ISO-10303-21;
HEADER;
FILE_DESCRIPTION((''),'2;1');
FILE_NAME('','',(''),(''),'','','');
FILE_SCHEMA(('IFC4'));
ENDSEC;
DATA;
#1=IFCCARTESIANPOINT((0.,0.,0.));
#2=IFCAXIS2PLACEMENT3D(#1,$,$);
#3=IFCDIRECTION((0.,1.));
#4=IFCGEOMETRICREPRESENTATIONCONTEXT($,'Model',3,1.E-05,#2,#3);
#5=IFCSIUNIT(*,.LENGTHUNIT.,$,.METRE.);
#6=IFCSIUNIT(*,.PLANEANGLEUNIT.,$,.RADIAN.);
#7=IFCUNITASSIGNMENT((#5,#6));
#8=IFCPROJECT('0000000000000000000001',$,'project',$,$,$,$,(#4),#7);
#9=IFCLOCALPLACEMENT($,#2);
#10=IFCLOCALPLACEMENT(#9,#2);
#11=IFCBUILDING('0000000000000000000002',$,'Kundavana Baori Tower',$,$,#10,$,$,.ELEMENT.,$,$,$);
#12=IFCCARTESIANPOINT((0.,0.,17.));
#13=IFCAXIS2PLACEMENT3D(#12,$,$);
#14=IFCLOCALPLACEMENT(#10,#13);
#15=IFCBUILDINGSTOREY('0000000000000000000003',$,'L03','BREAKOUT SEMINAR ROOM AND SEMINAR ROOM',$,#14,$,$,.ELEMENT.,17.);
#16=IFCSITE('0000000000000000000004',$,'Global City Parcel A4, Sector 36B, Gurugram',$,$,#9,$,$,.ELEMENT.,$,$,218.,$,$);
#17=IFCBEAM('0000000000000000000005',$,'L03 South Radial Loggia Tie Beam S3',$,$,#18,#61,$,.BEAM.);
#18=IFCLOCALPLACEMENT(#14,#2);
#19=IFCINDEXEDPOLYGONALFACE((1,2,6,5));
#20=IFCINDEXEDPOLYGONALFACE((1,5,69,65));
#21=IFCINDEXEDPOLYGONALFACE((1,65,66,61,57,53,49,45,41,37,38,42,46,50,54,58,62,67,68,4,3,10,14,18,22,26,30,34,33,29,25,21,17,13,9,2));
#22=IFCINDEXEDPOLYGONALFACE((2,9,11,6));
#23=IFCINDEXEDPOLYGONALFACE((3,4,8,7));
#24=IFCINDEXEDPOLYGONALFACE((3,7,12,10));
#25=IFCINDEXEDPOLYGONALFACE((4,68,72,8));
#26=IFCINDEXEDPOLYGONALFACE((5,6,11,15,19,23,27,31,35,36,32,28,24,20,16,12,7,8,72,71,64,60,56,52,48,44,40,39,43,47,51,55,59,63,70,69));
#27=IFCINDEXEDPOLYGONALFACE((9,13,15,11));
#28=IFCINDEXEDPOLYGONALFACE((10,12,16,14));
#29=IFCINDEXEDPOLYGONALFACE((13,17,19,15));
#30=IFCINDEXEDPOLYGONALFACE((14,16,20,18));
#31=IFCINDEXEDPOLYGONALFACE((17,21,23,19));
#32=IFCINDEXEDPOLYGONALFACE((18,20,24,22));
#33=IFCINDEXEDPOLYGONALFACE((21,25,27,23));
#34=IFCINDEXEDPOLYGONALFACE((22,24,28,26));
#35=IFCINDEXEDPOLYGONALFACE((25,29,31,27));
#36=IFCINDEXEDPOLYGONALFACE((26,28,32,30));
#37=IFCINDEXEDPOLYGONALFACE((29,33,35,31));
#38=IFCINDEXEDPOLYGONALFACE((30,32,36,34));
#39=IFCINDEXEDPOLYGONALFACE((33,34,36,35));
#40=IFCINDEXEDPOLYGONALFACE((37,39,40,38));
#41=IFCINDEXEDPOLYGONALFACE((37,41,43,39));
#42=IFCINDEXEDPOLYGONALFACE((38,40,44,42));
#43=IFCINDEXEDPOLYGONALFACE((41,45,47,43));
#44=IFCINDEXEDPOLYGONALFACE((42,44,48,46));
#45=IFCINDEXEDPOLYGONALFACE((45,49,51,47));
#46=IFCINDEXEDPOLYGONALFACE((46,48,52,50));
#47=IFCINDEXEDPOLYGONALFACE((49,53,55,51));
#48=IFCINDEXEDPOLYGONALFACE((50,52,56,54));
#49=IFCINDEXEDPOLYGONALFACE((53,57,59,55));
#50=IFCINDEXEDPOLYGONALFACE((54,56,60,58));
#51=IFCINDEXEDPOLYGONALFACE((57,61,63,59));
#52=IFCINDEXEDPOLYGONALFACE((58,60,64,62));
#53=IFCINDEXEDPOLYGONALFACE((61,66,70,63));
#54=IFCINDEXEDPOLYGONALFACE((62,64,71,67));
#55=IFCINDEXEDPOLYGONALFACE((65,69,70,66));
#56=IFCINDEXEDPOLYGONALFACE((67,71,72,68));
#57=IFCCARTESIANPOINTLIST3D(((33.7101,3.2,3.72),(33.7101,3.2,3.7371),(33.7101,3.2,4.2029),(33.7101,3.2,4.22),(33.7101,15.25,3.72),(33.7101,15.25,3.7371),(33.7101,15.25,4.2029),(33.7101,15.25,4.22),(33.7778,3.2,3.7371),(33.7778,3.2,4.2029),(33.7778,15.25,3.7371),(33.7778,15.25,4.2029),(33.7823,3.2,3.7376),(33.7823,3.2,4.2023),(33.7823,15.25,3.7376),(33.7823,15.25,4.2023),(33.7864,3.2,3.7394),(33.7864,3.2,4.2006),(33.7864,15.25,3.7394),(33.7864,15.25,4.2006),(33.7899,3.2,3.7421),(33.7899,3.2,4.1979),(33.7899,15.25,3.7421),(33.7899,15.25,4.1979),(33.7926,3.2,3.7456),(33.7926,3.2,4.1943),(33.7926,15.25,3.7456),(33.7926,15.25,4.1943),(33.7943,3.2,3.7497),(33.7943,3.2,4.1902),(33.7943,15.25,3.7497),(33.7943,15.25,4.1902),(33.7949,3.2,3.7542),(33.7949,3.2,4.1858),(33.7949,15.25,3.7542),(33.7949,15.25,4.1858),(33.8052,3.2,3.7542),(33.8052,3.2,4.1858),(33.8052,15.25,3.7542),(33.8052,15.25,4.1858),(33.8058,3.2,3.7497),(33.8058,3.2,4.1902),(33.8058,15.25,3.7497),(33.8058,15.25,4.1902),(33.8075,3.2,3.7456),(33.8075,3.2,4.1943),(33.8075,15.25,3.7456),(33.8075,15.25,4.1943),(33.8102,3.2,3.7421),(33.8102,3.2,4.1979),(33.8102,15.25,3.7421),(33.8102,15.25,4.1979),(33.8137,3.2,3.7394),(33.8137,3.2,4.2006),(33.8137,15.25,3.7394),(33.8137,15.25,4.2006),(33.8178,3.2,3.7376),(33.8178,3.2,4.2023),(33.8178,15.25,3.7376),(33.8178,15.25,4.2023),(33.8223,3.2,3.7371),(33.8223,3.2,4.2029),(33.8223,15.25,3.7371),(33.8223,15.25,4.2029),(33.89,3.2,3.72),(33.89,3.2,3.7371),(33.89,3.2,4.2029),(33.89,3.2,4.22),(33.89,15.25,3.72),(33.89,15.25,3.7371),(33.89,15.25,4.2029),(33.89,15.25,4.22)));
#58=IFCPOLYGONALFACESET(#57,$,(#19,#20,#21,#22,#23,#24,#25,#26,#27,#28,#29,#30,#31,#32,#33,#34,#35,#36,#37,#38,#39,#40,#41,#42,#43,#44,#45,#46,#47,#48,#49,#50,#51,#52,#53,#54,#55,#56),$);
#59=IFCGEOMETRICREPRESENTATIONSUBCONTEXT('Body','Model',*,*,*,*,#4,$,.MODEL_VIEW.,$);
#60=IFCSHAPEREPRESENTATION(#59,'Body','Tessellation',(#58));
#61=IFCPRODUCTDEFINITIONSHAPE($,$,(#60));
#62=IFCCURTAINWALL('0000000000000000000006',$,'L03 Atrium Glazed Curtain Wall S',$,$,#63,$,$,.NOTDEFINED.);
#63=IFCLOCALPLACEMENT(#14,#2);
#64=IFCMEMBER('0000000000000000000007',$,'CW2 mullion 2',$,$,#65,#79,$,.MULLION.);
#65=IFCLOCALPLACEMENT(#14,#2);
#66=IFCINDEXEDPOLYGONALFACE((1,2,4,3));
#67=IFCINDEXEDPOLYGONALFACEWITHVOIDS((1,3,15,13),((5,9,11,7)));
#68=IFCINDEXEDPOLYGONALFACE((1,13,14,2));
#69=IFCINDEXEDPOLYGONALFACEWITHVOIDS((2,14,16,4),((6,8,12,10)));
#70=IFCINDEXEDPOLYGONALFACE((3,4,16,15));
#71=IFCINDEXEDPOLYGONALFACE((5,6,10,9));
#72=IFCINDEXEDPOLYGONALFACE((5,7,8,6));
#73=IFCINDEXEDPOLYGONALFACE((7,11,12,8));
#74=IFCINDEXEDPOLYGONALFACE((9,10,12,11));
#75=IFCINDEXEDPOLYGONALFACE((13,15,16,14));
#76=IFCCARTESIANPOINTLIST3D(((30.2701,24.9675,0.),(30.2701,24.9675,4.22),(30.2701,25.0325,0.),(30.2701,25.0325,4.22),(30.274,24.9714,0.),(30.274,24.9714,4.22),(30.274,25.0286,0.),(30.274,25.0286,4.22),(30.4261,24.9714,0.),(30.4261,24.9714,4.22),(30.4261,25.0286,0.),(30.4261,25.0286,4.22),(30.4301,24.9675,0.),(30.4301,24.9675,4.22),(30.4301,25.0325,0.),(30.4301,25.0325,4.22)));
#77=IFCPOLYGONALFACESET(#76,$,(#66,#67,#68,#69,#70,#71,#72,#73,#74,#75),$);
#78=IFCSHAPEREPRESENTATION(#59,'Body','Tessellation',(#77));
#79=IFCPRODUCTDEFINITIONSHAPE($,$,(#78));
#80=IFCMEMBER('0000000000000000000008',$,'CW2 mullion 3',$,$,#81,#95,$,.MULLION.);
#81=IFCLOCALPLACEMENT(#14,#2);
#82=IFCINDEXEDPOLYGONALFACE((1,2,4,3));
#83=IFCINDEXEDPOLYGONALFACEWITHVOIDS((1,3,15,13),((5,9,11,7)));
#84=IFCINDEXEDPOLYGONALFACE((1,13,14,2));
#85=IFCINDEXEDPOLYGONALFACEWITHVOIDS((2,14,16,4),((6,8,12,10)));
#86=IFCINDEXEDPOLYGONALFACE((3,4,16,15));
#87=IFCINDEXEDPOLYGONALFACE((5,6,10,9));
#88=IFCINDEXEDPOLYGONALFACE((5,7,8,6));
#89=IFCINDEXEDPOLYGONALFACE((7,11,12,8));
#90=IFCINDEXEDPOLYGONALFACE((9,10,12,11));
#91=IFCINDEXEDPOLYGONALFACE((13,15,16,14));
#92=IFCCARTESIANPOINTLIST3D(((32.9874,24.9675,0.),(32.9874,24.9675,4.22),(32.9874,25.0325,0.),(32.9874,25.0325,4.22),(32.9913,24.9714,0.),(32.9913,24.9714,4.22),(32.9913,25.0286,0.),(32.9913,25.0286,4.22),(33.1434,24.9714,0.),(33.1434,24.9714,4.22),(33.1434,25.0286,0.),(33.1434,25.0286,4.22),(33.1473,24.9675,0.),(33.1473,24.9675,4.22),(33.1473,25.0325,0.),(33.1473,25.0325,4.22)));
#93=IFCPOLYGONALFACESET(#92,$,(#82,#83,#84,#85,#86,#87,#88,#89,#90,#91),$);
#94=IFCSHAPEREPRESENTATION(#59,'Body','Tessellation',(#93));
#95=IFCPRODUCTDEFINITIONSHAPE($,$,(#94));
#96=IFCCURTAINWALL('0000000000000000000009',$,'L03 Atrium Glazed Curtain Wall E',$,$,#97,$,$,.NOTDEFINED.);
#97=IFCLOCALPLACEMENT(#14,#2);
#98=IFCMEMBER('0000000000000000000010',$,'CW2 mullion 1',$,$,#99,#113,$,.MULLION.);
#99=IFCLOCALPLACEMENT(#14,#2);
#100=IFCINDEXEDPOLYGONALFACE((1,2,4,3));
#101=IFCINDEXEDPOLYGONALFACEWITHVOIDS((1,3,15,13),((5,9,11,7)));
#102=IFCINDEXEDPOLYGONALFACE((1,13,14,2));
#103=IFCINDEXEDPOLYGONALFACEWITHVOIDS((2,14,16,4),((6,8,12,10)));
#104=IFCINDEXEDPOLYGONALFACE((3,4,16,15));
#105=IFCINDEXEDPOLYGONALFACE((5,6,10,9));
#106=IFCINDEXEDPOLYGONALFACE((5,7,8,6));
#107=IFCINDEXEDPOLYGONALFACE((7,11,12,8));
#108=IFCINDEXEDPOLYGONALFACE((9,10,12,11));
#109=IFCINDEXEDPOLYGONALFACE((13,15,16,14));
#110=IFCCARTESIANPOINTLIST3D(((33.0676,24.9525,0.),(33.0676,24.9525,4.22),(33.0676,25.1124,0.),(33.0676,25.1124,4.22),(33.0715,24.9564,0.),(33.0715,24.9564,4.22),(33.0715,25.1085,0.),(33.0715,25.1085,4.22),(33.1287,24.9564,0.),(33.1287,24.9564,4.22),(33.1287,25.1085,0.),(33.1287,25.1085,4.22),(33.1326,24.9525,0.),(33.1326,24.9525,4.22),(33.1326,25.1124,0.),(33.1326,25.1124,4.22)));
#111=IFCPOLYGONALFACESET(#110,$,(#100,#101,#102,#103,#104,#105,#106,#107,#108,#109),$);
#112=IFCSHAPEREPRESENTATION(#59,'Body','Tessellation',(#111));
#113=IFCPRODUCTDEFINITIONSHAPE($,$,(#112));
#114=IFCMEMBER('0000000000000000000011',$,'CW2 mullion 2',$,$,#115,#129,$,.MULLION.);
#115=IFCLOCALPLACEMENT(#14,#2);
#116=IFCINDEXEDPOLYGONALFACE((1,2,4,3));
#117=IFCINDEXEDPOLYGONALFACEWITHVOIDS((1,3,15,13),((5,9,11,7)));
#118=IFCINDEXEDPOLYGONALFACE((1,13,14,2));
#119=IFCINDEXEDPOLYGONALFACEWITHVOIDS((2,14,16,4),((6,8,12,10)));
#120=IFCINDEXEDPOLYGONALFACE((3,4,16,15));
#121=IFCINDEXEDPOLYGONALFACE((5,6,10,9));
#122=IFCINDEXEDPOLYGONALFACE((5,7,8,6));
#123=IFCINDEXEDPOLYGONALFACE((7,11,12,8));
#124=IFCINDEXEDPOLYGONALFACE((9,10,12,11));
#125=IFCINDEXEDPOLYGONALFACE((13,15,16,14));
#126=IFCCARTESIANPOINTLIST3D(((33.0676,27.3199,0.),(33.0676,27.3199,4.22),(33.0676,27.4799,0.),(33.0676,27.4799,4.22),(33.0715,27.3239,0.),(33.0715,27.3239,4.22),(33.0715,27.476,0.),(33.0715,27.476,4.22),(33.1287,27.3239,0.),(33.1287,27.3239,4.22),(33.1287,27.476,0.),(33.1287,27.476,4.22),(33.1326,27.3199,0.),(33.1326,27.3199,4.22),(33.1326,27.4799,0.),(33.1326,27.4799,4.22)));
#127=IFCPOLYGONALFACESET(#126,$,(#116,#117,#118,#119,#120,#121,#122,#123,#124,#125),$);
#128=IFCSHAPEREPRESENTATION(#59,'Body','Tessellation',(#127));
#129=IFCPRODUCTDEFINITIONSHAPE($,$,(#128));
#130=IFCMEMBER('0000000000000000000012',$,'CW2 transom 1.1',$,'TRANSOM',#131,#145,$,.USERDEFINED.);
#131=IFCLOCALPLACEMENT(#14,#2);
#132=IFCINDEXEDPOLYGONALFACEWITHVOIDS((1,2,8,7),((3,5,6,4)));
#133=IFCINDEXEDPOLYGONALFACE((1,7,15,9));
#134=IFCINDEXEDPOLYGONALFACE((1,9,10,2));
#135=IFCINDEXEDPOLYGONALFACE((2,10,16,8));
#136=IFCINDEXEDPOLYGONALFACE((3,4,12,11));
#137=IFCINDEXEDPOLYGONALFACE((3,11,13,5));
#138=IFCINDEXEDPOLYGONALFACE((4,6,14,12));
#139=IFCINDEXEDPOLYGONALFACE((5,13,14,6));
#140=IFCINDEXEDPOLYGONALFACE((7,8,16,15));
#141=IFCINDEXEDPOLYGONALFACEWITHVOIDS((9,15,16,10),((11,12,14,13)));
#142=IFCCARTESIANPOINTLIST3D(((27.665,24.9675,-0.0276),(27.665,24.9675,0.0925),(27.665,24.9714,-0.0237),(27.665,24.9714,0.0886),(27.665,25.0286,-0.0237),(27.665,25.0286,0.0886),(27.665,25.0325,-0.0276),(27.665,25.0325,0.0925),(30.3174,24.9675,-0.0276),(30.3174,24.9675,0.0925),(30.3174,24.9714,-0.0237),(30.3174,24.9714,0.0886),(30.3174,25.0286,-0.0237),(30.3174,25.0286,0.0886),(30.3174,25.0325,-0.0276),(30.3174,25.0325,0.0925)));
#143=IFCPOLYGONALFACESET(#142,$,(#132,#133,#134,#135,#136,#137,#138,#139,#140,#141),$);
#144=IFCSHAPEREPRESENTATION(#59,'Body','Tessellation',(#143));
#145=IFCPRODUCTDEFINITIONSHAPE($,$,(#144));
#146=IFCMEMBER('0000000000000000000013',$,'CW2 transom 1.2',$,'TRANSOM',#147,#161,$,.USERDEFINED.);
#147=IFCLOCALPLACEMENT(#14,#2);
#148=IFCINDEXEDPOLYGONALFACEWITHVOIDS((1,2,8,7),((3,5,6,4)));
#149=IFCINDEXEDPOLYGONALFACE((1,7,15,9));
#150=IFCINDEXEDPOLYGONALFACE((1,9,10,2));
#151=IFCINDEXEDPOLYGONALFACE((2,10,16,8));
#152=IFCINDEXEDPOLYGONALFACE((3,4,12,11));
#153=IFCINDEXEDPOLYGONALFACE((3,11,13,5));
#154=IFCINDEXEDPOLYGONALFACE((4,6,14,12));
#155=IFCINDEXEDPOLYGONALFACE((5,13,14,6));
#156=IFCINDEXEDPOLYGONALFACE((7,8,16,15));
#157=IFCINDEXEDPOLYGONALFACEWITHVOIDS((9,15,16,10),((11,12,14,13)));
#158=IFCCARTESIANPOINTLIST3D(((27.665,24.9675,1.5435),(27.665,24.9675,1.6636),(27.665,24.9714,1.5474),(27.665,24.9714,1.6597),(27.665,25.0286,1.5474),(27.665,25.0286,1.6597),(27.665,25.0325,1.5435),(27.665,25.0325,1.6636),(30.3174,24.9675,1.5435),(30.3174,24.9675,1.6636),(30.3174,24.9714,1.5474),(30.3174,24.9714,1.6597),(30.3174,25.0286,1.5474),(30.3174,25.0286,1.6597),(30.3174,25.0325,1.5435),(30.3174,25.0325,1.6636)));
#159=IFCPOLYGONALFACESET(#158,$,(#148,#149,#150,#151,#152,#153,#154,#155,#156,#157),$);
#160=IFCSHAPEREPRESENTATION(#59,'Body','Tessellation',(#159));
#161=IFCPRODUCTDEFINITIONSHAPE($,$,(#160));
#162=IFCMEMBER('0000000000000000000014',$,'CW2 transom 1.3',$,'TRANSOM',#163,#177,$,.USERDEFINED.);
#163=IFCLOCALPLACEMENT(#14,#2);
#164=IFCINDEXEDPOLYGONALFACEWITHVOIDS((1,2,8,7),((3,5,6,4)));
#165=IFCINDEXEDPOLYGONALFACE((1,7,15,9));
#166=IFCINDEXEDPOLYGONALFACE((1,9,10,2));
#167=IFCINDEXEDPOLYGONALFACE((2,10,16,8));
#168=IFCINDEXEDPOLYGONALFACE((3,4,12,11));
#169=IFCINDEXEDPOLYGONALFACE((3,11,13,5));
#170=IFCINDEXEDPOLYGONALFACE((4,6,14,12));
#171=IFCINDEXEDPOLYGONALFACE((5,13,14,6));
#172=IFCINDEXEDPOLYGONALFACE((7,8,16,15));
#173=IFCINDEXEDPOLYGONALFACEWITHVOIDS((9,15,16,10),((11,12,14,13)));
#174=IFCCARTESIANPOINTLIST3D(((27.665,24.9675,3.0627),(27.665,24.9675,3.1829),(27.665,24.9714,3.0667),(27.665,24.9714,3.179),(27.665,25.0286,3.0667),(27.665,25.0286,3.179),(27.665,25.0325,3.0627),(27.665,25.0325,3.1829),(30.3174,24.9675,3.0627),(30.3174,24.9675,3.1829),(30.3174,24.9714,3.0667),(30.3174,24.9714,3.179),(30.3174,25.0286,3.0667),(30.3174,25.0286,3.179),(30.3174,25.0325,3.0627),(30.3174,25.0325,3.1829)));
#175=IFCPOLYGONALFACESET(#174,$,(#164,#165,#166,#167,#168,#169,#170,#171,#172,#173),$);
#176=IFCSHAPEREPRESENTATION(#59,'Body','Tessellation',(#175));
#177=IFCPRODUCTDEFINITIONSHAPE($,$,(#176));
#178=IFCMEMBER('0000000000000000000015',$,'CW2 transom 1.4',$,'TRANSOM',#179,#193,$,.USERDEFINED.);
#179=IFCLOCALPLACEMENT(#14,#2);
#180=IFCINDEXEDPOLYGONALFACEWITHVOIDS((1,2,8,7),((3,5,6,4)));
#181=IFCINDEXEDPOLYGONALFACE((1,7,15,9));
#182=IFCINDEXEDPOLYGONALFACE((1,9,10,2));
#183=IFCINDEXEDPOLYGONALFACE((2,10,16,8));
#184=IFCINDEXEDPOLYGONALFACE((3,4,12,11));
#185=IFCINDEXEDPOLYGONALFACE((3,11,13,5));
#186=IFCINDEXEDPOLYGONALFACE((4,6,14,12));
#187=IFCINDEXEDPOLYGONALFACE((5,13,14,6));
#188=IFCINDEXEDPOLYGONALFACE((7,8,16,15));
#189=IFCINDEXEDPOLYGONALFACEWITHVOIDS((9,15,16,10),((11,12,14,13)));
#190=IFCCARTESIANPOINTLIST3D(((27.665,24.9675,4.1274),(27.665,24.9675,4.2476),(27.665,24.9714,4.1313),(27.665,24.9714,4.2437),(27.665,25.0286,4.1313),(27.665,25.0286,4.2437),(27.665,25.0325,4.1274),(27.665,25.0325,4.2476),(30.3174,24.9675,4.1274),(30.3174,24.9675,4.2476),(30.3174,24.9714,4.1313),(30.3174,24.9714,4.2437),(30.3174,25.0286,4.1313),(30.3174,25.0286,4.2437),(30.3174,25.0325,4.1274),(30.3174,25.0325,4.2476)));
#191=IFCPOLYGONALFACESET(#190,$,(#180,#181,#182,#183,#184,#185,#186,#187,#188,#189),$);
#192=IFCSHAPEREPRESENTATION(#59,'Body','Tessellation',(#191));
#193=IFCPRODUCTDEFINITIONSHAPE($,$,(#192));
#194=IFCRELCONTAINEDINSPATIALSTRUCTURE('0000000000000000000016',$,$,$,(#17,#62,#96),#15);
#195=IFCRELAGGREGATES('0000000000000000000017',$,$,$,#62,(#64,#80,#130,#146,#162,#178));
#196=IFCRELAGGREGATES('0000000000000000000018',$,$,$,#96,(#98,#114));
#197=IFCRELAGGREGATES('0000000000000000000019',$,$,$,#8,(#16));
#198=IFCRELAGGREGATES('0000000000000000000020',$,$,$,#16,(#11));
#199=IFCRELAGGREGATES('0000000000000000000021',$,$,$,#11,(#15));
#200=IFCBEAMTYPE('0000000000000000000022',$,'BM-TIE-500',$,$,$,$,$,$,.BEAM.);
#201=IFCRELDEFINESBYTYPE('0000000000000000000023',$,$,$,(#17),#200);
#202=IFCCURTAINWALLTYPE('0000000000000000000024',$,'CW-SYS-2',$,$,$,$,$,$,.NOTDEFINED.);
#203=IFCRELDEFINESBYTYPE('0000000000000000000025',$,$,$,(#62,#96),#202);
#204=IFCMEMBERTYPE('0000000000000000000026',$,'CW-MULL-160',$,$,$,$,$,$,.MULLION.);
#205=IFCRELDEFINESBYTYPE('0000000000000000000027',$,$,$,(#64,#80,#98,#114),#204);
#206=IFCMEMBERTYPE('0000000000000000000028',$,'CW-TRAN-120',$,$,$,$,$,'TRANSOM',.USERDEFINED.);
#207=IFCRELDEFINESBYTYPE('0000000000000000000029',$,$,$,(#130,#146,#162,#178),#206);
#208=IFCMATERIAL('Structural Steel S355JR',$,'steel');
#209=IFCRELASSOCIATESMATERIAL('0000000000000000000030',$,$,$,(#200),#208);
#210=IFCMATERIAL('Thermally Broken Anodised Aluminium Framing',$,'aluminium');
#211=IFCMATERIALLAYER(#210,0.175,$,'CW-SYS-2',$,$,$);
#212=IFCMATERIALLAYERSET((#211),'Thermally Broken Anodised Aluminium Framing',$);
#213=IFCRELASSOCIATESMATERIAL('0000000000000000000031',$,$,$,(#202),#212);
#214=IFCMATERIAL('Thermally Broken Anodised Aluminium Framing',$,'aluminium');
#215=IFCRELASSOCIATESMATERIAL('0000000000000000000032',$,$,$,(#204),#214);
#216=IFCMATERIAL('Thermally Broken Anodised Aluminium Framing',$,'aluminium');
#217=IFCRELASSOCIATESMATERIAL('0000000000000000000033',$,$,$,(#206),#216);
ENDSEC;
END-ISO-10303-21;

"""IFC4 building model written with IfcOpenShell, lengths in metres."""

from ifc_helpers import new_model, si_unit, direction, frame, origin, origin_2d, place, context, subcontext, project, spatial, hollow_rectangle, i_section, extrude, material, layer, layer_set, material_profile, profile_set, type_object, element, aggregate, save


model = new_model("IFC4")

# Units and contexts
model_context = context("Model", 3, precision=1e-05, world=origin(), true_north=direction((0.0, 1.0)))
body_context = subcontext(model_context, "Body", "Model", "MODEL_VIEW")
ifc_project = project(units=[si_unit("LENGTHUNIT", "METRE"), si_unit("PLANEANGLEUNIT", "RADIAN")], contexts=[model_context])

# Site, building, storey
site_placement = place(None, origin())
site = spatial("IfcSite", under=ifc_project, at=site_placement, Name="Global City Parcel A4, Sector 36B, Gurugram", CompositionType="ELEMENT", RefElevation=218.0)
building_placement = place(site_placement, origin())
building = spatial("IfcBuilding", under=site, at=building_placement, Name="Kundavana Baori Tower", CompositionType="ELEMENT")
storey_placement = place(building_placement, frame((0.0, 0.0, 17.0)))
storey = spatial("IfcBuildingStorey", under=building, at=storey_placement, Name="L03", Description="BREAKOUT SEMINAR ROOM AND SEMINAR ROOM", CompositionType="ELEMENT", Elevation=17.0)

# Beam
ifc_material_1 = material(Name="Structural Steel S355JR", Category="steel")
ifc_material_profile_1 = material_profile(ifc_material_1, i_section(OverallWidth=0.1799, OverallDepth=0.5, WebThickness=0.0103, FlangeThickness=0.0171, FilletRadius=0.0171, at=origin_2d()), Name="ISMB 500")
ifc_profile_set_1 = profile_set([ifc_material_profile_1], Name="Structural Steel S355JR")
beam_type_1 = type_object("IfcBeamType", Name="BM-TIE-500", PredefinedType="BEAM", material=ifc_profile_set_1)
beam_1_placement = place(storey_placement, frame((33.8, 15.25, 3.97), z_axis=(0.0, -1.0, 0.0), x_axis=(1.0, 0.0, 0.0)))
element("IfcBeam", 1, at=beam_1_placement, inside=storey, type_object=beam_type_1, Name="L03 South Radial Loggia Tie Beam S3", PredefinedType="BEAM", context=body_context, shape_type="SweptSolid", body=[
    extrude(i_section(OverallWidth=0.1799, OverallDepth=0.5, WebThickness=0.0103, FlangeThickness=0.0171, FilletRadius=0.0171, at=origin_2d()), origin(), (0.0, 0.0, 1.0), 12.05),
])

# Curtain walls, members
ifc_material_2 = material(Name="Thermally Broken Anodised Aluminium Framing", Category="aluminium")
ifc_layer_1 = layer(ifc_material_2, 0.175, Name="CW-SYS-2")
ifc_layer_set_1 = layer_set([ifc_layer_1], Name="Thermally Broken Anodised Aluminium Framing")
curtain_wall_type = type_object("IfcCurtainWallType", Name="CW-SYS-2", PredefinedType="NOTDEFINED", material=ifc_layer_set_1)
curtain_wall_1_placement = place(storey_placement, origin())
curtain_wall_1 = element("IfcCurtainWall", 2, at=curtain_wall_1_placement, inside=storey, type_object=curtain_wall_type, Name="L03 Atrium Glazed Curtain Wall S", PredefinedType="NOTDEFINED")
ifc_material_3 = material(Name="Thermally Broken Anodised Aluminium Framing", Category="aluminium")
ifc_material_profile_2 = material_profile(ifc_material_3, hollow_rectangle(XDim=0.0649, YDim=0.1599, WallThickness=0.0039, at=origin_2d()), Name="CW-MULL-160")
ifc_profile_set_2 = profile_set([ifc_material_profile_2], Name="Thermally Broken Anodised Aluminium Framing")
member_type_1 = type_object("IfcMemberType", Name="CW-MULL-160", PredefinedType="MULLION", material=ifc_profile_set_2)
member_1_placement = place(storey_placement, frame((30.3501, 25.0, 0.0), z_axis=(0.0, 0.0, 1.0), x_axis=(0.0, 1.0, 0.0)))
member_1 = element("IfcMember", 3, at=member_1_placement, type_object=member_type_1, Name="CW2 mullion 2", PredefinedType="MULLION", context=body_context, shape_type="SweptSolid", body=[
    extrude(hollow_rectangle(XDim=0.0649, YDim=0.1599, WallThickness=0.0039, at=origin_2d()), origin(), (0.0, 0.0, 1.0), 4.22),
])
member_2_placement = place(storey_placement, frame((33.0674, 25.0, 0.0), z_axis=(0.0, 0.0, 1.0), x_axis=(0.0, 1.0, 0.0)))
member_2 = element("IfcMember", 4, at=member_2_placement, type_object=member_type_1, Name="CW2 mullion 3", PredefinedType="MULLION", context=body_context, shape_type="SweptSolid", body=[
    extrude(hollow_rectangle(XDim=0.0649, YDim=0.1599, WallThickness=0.0039, at=origin_2d()), origin(), (0.0, 0.0, 1.0), 4.22),
])
curtain_wall_2_placement = place(storey_placement, origin())
curtain_wall_2 = element("IfcCurtainWall", 5, at=curtain_wall_2_placement, inside=storey, type_object=curtain_wall_type, Name="L03 Atrium Glazed Curtain Wall E", PredefinedType="NOTDEFINED")
member_3_placement = place(storey_placement, frame((33.1001, 25.0325, 0.0), z_axis=(0.0, 0.0, 1.0), x_axis=(-1.0, 0.0, 0.0)))
member_3 = element("IfcMember", 6, at=member_3_placement, type_object=member_type_1, Name="CW2 mullion 1", PredefinedType="MULLION", context=body_context, shape_type="SweptSolid", body=[
    extrude(hollow_rectangle(XDim=0.0649, YDim=0.1599, WallThickness=0.0039, at=origin_2d()), origin(), (0.0, 0.0, 1.0), 4.22),
])
member_4_placement = place(storey_placement, frame((33.1001, 27.3999, 0.0), z_axis=(0.0, 0.0, 1.0), x_axis=(-1.0, 0.0, 0.0)))
member_4 = element("IfcMember", 7, at=member_4_placement, type_object=member_type_1, Name="CW2 mullion 2", PredefinedType="MULLION", context=body_context, shape_type="SweptSolid", body=[
    extrude(hollow_rectangle(XDim=0.0649, YDim=0.1599, WallThickness=0.0039, at=origin_2d()), origin(), (0.0, 0.0, 1.0), 4.22),
])

# Members
ifc_material_4 = material(Name="Thermally Broken Anodised Aluminium Framing", Category="aluminium")
ifc_material_profile_3 = material_profile(ifc_material_4, hollow_rectangle(XDim=0.0649, YDim=0.1201, WallThickness=0.0039, at=origin_2d()), Name="CW-TRAN-120")
ifc_profile_set_3 = profile_set([ifc_material_profile_3], Name="Thermally Broken Anodised Aluminium Framing")
member_type_2 = type_object("IfcMemberType", Name="CW-TRAN-120", ElementType="TRANSOM", PredefinedType="USERDEFINED", material=ifc_profile_set_3)
member_5_placement = place(storey_placement, frame((27.665, 25.0, 0.0325), z_axis=(1.0, 0.0, 0.0), x_axis=(0.0, 1.0, 0.0)))
member_5 = element("IfcMember", 8, at=member_5_placement, type_object=member_type_2, Name="CW2 transom 1.1", ObjectType="TRANSOM", PredefinedType="USERDEFINED", context=body_context, shape_type="SweptSolid", body=[
    extrude(hollow_rectangle(XDim=0.0649, YDim=0.1201, WallThickness=0.0039, at=origin_2d()), origin(), (0.0, 0.0, 1.0), 2.6523),
])
member_6_placement = place(storey_placement, frame((27.665, 25.0, 1.6035), z_axis=(1.0, 0.0, 0.0), x_axis=(0.0, 1.0, 0.0)))
member_6 = element("IfcMember", 9, at=member_6_placement, type_object=member_type_2, Name="CW2 transom 1.2", ObjectType="TRANSOM", PredefinedType="USERDEFINED", context=body_context, shape_type="SweptSolid", body=[
    extrude(hollow_rectangle(XDim=0.0649, YDim=0.1201, WallThickness=0.0039, at=origin_2d()), origin(), (0.0, 0.0, 1.0), 2.6523),
])
member_7_placement = place(storey_placement, frame((27.665, 25.0, 3.1228), z_axis=(1.0, 0.0, 0.0), x_axis=(0.0, 1.0, 0.0)))
member_7 = element("IfcMember", 10, at=member_7_placement, type_object=member_type_2, Name="CW2 transom 1.3", ObjectType="TRANSOM", PredefinedType="USERDEFINED", context=body_context, shape_type="SweptSolid", body=[
    extrude(hollow_rectangle(XDim=0.0649, YDim=0.1201, WallThickness=0.0039, at=origin_2d()), origin(), (0.0, 0.0, 1.0), 2.6523),
])
member_8_placement = place(storey_placement, frame((27.665, 25.0, 4.1875), z_axis=(1.0, 0.0, 0.0), x_axis=(0.0, 1.0, 0.0)))
member_8 = element("IfcMember", 11, at=member_8_placement, type_object=member_type_2, Name="CW2 transom 1.4", ObjectType="TRANSOM", PredefinedType="USERDEFINED", context=body_context, shape_type="SweptSolid", body=[
    extrude(hollow_rectangle(XDim=0.0649, YDim=0.1201, WallThickness=0.0039, at=origin_2d()), origin(), (0.0, 0.0, 1.0), 2.6523),
])

aggregate(curtain_wall_1, [member_1, member_2, member_5, member_6, member_7, member_8])
aggregate(curtain_wall_2, [member_3, member_4])

save(model, "model.ifc")
